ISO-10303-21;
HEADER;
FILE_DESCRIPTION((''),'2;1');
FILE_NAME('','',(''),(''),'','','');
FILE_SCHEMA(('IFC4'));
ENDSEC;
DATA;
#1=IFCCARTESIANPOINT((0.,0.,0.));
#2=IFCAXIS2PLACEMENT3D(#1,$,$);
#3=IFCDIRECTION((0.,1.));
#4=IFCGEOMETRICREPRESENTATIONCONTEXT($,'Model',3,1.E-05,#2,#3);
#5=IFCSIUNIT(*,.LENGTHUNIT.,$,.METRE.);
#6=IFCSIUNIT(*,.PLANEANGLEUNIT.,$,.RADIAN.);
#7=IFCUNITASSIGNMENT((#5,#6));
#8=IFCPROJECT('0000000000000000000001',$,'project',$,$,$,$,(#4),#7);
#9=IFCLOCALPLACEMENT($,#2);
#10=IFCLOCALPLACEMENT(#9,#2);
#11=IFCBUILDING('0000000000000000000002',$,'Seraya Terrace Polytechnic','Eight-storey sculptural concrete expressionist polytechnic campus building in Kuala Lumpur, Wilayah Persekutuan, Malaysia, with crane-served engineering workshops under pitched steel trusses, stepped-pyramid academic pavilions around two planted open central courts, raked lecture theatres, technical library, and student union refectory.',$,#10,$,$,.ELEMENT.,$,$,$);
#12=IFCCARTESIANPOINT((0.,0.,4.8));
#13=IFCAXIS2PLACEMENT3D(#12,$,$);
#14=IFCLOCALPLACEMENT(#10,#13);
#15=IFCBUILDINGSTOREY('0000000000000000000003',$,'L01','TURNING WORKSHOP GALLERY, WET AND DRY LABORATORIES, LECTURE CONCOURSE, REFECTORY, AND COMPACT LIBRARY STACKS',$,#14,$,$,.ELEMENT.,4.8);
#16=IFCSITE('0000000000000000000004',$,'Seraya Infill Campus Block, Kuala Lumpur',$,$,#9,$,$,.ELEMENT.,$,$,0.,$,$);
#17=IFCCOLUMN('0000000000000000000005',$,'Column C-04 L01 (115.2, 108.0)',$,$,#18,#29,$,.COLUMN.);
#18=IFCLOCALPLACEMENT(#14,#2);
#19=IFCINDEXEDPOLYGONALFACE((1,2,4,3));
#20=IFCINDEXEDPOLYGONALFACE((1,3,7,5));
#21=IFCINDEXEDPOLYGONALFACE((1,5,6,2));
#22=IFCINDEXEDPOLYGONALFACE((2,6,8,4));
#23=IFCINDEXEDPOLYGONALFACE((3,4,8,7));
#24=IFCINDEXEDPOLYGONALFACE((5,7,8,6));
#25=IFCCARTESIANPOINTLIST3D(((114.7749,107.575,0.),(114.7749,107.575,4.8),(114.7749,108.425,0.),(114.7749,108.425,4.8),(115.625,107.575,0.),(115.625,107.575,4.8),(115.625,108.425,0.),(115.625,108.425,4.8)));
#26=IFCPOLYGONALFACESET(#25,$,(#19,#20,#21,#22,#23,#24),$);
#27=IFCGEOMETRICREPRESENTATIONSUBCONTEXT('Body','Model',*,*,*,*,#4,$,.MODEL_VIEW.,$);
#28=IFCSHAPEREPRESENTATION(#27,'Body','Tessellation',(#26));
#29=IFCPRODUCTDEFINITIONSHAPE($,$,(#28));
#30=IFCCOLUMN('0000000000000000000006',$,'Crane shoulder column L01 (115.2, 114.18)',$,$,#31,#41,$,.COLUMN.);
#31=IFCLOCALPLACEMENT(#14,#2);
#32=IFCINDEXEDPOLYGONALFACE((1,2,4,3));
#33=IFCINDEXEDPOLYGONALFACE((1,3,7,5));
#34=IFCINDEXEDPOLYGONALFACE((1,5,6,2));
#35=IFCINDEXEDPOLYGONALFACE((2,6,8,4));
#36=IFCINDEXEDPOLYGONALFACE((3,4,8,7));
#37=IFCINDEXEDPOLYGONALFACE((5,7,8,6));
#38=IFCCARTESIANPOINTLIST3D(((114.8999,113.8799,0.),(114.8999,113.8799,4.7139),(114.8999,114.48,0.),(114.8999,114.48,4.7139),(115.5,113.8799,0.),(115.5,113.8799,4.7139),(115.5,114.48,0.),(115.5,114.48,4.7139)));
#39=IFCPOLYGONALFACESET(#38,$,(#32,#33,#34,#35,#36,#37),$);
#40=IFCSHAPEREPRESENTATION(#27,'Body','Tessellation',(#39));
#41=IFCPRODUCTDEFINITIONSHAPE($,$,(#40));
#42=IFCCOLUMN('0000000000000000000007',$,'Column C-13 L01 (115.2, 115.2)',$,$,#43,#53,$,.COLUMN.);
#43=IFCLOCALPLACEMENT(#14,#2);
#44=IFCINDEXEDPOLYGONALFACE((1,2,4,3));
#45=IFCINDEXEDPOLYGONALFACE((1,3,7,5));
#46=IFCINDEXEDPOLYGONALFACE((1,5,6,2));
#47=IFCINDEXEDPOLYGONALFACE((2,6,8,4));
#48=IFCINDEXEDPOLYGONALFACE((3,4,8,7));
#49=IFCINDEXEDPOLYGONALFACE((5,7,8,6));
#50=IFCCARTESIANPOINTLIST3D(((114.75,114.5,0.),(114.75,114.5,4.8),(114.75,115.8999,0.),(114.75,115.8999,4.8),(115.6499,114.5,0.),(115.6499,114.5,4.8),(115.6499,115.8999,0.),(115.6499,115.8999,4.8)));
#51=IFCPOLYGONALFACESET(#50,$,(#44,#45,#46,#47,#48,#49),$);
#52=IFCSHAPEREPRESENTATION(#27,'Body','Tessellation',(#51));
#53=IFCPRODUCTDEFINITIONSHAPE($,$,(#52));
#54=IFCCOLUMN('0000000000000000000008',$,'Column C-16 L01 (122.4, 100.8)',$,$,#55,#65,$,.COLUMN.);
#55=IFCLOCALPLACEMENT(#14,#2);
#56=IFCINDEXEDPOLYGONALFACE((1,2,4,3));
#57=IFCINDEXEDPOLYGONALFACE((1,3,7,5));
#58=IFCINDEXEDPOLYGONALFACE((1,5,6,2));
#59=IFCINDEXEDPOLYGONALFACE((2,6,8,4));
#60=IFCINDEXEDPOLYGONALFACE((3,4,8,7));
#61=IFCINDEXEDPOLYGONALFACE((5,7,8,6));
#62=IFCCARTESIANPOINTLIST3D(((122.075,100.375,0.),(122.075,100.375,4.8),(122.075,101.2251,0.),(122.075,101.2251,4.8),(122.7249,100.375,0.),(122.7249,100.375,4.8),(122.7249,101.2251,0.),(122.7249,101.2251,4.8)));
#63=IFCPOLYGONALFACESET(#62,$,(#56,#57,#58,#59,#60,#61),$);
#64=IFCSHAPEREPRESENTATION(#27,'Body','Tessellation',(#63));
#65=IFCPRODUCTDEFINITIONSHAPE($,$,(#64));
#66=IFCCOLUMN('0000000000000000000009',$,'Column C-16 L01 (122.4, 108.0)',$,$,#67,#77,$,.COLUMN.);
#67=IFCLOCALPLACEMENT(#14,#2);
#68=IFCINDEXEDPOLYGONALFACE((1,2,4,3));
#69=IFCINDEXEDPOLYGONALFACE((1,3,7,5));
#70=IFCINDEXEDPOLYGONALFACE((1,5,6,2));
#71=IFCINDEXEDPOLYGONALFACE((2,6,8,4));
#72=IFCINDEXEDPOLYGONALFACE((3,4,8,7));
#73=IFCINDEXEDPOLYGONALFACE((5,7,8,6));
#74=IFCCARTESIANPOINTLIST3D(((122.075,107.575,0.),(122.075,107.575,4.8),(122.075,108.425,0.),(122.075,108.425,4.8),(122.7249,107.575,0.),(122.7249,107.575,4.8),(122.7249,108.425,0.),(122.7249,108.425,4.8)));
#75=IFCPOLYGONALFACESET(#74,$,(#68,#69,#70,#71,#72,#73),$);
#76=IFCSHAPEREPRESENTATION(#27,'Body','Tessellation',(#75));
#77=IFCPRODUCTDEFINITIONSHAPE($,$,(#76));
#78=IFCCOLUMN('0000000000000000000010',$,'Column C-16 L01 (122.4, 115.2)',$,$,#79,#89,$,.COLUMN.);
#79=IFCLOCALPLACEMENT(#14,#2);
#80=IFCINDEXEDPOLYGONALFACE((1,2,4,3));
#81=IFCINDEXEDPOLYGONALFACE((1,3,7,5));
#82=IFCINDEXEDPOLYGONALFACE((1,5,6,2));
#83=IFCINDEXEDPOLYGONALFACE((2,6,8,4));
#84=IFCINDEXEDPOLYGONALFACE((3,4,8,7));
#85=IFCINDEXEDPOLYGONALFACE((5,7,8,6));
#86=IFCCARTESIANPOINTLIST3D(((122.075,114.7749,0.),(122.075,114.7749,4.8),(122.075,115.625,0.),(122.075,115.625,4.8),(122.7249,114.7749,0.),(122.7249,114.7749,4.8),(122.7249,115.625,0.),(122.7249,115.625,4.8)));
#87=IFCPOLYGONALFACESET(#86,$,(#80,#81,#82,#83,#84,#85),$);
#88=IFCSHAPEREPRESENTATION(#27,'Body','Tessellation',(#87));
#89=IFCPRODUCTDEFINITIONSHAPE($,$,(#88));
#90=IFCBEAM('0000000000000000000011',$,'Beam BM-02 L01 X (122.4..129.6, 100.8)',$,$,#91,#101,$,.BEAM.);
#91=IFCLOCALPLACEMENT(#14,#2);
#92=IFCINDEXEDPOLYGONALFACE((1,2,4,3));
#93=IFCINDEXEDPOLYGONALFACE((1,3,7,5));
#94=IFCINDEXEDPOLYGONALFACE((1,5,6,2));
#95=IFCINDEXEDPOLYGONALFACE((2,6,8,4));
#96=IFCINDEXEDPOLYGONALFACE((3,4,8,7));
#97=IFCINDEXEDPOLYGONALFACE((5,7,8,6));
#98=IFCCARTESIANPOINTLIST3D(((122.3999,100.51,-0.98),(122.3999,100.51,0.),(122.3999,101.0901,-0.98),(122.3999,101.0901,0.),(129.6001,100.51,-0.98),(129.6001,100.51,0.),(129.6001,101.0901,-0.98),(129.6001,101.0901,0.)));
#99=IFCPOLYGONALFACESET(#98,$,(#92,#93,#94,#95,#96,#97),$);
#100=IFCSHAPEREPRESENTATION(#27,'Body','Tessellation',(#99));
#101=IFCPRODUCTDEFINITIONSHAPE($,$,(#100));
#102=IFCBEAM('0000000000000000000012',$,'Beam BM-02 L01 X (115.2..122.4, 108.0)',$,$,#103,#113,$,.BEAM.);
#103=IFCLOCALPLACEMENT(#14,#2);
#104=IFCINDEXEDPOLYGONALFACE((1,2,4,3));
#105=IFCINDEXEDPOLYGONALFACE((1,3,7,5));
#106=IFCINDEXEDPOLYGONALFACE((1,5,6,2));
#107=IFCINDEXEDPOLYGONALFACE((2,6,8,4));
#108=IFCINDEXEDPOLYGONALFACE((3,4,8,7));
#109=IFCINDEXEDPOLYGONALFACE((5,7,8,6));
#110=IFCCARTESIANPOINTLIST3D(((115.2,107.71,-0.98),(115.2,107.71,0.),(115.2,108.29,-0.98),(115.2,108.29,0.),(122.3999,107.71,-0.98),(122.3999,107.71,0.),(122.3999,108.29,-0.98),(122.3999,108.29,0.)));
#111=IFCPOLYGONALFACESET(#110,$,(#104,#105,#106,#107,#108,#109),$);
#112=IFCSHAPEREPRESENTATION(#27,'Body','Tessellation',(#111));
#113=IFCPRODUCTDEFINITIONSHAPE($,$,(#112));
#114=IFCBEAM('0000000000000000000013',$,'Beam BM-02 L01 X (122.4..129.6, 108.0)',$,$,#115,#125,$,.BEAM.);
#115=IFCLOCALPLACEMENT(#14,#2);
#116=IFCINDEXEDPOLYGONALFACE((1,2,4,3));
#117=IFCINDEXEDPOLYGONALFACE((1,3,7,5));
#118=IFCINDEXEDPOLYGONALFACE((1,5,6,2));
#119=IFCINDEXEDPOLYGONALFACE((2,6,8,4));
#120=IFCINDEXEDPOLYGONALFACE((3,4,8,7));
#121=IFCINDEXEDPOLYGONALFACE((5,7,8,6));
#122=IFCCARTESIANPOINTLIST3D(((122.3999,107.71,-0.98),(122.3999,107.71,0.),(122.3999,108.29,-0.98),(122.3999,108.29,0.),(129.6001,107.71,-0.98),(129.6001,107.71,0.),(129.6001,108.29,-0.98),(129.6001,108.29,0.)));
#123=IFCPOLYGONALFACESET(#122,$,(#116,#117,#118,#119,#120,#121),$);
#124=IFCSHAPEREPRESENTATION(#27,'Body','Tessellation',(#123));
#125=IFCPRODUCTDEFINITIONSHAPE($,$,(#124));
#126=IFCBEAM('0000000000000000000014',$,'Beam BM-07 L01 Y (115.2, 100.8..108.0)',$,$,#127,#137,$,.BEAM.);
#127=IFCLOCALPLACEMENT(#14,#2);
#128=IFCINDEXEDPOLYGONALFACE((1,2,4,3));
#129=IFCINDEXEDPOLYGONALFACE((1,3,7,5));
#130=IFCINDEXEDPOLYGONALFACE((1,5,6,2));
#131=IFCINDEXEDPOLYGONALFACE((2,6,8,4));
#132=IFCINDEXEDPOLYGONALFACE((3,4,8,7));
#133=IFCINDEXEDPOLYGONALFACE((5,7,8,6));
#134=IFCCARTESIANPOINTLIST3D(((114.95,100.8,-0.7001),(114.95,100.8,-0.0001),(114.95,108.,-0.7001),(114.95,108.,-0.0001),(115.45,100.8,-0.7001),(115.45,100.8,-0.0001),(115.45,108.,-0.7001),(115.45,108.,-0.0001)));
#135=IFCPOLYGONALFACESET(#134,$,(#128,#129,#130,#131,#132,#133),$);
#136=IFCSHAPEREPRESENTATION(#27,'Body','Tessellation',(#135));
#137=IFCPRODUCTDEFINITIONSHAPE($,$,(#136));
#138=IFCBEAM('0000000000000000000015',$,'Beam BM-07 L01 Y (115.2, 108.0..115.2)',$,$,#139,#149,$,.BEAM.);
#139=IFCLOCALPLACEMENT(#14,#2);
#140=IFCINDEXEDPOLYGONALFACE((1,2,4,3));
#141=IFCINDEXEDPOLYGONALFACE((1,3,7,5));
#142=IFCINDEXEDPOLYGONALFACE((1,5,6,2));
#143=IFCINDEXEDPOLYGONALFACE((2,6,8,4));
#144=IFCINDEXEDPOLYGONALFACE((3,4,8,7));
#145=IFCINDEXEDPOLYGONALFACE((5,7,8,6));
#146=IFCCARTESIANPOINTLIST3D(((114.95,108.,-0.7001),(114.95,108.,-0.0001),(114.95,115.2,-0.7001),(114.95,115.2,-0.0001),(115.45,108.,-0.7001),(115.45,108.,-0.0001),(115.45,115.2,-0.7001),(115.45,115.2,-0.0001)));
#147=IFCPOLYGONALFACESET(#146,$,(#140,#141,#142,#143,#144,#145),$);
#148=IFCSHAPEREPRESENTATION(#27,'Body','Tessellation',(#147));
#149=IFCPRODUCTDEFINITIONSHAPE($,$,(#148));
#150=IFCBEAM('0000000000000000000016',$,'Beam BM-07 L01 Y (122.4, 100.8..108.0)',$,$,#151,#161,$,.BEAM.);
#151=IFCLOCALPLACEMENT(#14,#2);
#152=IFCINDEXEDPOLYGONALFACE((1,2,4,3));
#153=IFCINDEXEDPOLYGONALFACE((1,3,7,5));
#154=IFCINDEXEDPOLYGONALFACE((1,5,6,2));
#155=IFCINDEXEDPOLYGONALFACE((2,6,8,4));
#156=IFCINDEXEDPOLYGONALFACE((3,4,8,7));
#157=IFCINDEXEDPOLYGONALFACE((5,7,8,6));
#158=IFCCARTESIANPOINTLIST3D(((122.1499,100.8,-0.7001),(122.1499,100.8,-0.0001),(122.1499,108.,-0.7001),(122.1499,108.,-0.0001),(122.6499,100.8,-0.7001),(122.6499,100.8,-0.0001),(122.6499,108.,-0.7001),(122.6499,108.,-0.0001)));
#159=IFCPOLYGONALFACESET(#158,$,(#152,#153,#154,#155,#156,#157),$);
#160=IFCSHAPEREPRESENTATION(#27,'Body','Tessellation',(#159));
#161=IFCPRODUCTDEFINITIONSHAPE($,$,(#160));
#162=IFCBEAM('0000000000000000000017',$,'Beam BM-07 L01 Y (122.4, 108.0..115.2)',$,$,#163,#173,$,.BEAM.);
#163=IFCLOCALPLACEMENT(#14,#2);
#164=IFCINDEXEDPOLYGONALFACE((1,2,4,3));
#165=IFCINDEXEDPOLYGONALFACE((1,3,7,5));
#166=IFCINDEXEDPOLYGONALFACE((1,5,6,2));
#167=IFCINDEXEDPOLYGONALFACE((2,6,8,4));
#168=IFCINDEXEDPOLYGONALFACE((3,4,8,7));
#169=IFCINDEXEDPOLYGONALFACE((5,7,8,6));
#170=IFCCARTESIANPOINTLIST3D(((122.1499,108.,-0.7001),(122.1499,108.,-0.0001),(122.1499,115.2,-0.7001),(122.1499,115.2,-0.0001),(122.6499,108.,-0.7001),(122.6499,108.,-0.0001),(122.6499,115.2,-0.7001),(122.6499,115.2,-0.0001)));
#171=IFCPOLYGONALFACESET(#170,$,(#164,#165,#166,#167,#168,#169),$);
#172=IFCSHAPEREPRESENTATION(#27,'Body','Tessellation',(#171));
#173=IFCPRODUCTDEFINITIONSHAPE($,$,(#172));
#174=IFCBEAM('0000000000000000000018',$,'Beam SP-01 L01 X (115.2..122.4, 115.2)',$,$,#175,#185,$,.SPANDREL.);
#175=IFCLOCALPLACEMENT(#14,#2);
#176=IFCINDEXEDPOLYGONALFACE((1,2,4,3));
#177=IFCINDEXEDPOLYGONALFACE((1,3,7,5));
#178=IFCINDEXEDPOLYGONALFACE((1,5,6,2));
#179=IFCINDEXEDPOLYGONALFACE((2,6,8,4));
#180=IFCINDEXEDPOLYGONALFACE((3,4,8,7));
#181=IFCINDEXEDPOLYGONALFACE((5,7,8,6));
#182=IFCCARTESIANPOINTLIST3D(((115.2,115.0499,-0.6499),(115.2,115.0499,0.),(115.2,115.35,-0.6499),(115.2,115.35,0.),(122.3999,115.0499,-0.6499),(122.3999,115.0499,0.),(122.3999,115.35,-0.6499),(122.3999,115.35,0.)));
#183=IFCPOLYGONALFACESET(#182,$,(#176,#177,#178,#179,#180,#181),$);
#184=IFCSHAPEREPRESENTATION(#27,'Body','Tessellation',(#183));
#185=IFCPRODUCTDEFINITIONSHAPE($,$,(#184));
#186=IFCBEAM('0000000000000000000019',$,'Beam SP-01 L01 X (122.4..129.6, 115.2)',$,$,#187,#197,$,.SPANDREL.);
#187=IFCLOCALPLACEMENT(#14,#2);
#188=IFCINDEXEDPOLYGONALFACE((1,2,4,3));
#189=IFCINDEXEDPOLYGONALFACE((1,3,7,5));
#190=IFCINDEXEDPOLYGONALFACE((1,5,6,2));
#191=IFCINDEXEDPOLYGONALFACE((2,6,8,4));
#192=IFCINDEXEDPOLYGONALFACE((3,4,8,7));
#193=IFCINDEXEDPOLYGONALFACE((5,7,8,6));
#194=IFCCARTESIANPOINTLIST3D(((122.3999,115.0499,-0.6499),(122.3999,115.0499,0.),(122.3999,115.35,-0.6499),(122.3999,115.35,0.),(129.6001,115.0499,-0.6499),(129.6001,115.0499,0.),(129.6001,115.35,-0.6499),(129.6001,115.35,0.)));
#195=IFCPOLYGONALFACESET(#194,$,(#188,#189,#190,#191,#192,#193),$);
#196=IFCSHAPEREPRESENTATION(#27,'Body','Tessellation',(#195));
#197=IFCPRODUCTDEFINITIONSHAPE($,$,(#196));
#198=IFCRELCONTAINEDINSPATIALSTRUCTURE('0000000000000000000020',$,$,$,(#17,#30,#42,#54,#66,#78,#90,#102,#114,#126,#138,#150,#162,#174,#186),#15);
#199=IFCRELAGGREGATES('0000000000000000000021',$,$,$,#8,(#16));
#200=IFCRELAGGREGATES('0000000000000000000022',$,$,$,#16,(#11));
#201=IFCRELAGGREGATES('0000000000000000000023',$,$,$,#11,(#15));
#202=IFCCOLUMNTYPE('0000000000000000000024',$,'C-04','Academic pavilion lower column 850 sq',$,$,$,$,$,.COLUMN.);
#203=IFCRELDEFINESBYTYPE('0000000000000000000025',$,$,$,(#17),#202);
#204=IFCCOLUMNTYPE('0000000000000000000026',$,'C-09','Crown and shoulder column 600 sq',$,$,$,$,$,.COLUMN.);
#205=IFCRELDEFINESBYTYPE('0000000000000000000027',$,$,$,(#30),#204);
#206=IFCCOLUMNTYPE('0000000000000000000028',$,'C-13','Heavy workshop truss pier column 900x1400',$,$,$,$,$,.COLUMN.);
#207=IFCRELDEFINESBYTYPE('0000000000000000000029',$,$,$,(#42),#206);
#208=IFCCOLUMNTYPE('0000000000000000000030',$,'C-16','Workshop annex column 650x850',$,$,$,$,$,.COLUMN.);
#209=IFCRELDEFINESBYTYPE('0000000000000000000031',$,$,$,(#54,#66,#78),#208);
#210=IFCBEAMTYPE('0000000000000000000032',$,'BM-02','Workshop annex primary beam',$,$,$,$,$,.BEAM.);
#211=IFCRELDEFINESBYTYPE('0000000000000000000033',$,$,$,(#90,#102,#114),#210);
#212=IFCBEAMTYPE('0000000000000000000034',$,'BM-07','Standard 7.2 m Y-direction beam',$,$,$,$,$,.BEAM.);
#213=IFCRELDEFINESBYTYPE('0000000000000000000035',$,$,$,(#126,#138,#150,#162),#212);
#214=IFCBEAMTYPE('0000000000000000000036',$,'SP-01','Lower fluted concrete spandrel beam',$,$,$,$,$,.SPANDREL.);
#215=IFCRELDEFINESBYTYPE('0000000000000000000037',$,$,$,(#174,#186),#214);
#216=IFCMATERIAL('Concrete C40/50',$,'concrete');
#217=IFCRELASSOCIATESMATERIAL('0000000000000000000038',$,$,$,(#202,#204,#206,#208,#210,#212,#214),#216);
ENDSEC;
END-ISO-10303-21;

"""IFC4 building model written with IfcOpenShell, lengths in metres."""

from ifc_helpers import new_model, si_unit, direction, frame, origin, origin_2d, place, context, subcontext, project, spatial, rectangle, extrude, material, material_profile, profile_set, type_object, element, save


model = new_model("IFC4")

# Units and contexts
model_context = context("Model", 3, precision=1e-05, world=origin(), true_north=direction((0.0, 1.0)))
body_context = subcontext(model_context, "Body", "Model", "MODEL_VIEW")
ifc_project = project(units=[si_unit("LENGTHUNIT", "METRE"), si_unit("PLANEANGLEUNIT", "RADIAN")], contexts=[model_context])

# Site, building, storey
site_placement = place(None, origin())
site = spatial("IfcSite", under=ifc_project, at=site_placement, Name="Seraya Infill Campus Block, Kuala Lumpur", CompositionType="ELEMENT", RefElevation=0.0)
building_placement = place(site_placement, origin())
building = spatial("IfcBuilding", under=site, at=building_placement, Name="Seraya Terrace Polytechnic", Description="Eight-storey sculptural concrete expressionist polytechnic campus building in Kuala Lumpur, Wilayah Persekutuan, Malaysia, with crane-served engineering workshops under pitched steel trusses, stepped-pyramid academic pavilions around two planted open central courts, raked lecture theatres, technical library, and student union refectory.", CompositionType="ELEMENT")
storey_placement = place(building_placement, frame((0.0, 0.0, 4.8)))
storey = spatial("IfcBuildingStorey", under=building, at=storey_placement, Name="L01", Description="TURNING WORKSHOP GALLERY, WET AND DRY LABORATORIES, LECTURE CONCOURSE, REFECTORY, AND COMPACT LIBRARY STACKS", CompositionType="ELEMENT", Elevation=4.8)

# Columns
ifc_material_1 = material(Name="Concrete C40/50", Category="concrete")
ifc_material_profile_1 = material_profile(ifc_material_1, rectangle(XDim=0.8501, YDim=0.8501, at=origin_2d()), Name="RC 850x850")
ifc_profile_set_1 = profile_set([ifc_material_profile_1], Name="Concrete C40/50")
column_type_1 = type_object("IfcColumnType", Name="C-04", Description="Academic pavilion lower column 850 sq", PredefinedType="COLUMN", material=ifc_profile_set_1)
column_1_placement = place(storey_placement, frame((115.2, 108.0, 0.0), z_axis=(0.0, 0.0, 1.0), x_axis=(1.0, 0.0, 0.0)))
element("IfcColumn", 1, at=column_1_placement, inside=storey, type_object=column_type_1, Name="Column C-04 L01 (115.2, 108.0)", PredefinedType="COLUMN", context=body_context, shape_type="SweptSolid", body=[
    extrude(rectangle(XDim=0.8501, YDim=0.8501, at=origin_2d()), origin(), (0.0, 0.0, 1.0), 4.8),
])
ifc_material_profile_2 = material_profile(ifc_material_1, rectangle(XDim=0.6001, YDim=0.6001, at=origin_2d()), Name="RC 600x600")
ifc_profile_set_2 = profile_set([ifc_material_profile_2], Name="Concrete C40/50")
column_type_2 = type_object("IfcColumnType", Name="C-09", Description="Crown and shoulder column 600 sq", PredefinedType="COLUMN", material=ifc_profile_set_2)
column_2_placement = place(storey_placement, frame((115.2, 114.1799, 0.0), z_axis=(0.0, 0.0, 1.0), x_axis=(1.0, 0.0, 0.0)))
element("IfcColumn", 2, at=column_2_placement, inside=storey, type_object=column_type_2, Name="Crane shoulder column L01 (115.2, 114.18)", PredefinedType="COLUMN", context=body_context, shape_type="SweptSolid", body=[
    extrude(rectangle(XDim=0.6001, YDim=0.6001, at=origin_2d()), origin(), (0.0, 0.0, 1.0), 4.7139),
])
ifc_material_profile_3 = material_profile(ifc_material_1, rectangle(XDim=0.8999, YDim=1.3999, at=origin_2d()), Name="RC 900x1400")
ifc_profile_set_3 = profile_set([ifc_material_profile_3], Name="Concrete C40/50")
column_type_3 = type_object("IfcColumnType", Name="C-13", Description="Heavy workshop truss pier column 900x1400", PredefinedType="COLUMN", material=ifc_profile_set_3)
column_3_placement = place(storey_placement, frame((115.2, 115.2, 0.0), z_axis=(0.0, 0.0, 1.0), x_axis=(1.0, 0.0, 0.0)))
element("IfcColumn", 3, at=column_3_placement, inside=storey, type_object=column_type_3, Name="Column C-13 L01 (115.2, 115.2)", PredefinedType="COLUMN", context=body_context, shape_type="SweptSolid", body=[
    extrude(rectangle(XDim=0.8999, YDim=1.3999, at=origin_2d()), origin(), (0.0, 0.0, 1.0), 4.8),
])
ifc_material_profile_4 = material_profile(ifc_material_1, rectangle(XDim=0.6499, YDim=0.8501, at=origin_2d()), Name="RC 650x850")
ifc_profile_set_4 = profile_set([ifc_material_profile_4], Name="Concrete C40/50")
column_type_4 = type_object("IfcColumnType", Name="C-16", Description="Workshop annex column 650x850", PredefinedType="COLUMN", material=ifc_profile_set_4)
for number, where, z_axis, x_axis, name in (
    (4, (122.3999, 100.8, 0.0), (0.0, 0.0, 1.0), (1.0, 0.0, 0.0), "Column C-16 L01 (122.4, 100.8)"),
    (5, (122.3999, 108.0, 0.0), (0.0, 0.0, 1.0), (1.0, 0.0, 0.0), "Column C-16 L01 (122.4, 108.0)"),
    (6, (122.3999, 115.2, 0.0), (0.0, 0.0, 1.0), (1.0, 0.0, 0.0), "Column C-16 L01 (122.4, 115.2)"),
):
    element("IfcColumn", number, at=place(storey_placement, frame(where, z_axis=z_axis, x_axis=x_axis)), inside=storey, type_object=column_type_4, Name=name, PredefinedType="COLUMN", context=body_context, shape_type="SweptSolid", body=[
        extrude(rectangle(XDim=0.6499, YDim=0.8501, at=origin_2d()), origin(), (0.0, 0.0, 1.0), 4.8),
    ])

# Beams
ifc_material_profile_5 = material_profile(ifc_material_1, rectangle(XDim=0.5801, YDim=0.98, at=origin_2d()), Name="RC 580x980")
ifc_profile_set_5 = profile_set([ifc_material_profile_5], Name="Concrete C40/50")
beam_type_1 = type_object("IfcBeamType", Name="BM-02", Description="Workshop annex primary beam", PredefinedType="BEAM", material=ifc_profile_set_5)
beam_1_placement = place(storey_placement, frame((122.3999, 100.8, -0.49), z_axis=(1.0, 0.0, 0.0), x_axis=(0.0, 1.0, 0.0)))
element("IfcBeam", 7, at=beam_1_placement, inside=storey, type_object=beam_type_1, Name="Beam BM-02 L01 X (122.4..129.6, 100.8)", PredefinedType="BEAM", context=body_context, shape_type="SweptSolid", body=[
    extrude(rectangle(XDim=0.5801, YDim=0.98, at=origin_2d()), origin(), (0.0, 0.0, 1.0), 7.2002),
])
beam_2_placement = place(storey_placement, frame((115.2, 108.0, -0.49), z_axis=(1.0, 0.0, 0.0), x_axis=(0.0, 1.0, 0.0)))
element("IfcBeam", 8, at=beam_2_placement, inside=storey, type_object=beam_type_1, Name="Beam BM-02 L01 X (115.2..122.4, 108.0)", PredefinedType="BEAM", context=body_context, shape_type="SweptSolid", body=[
    extrude(rectangle(XDim=0.5801, YDim=0.98, at=origin_2d()), origin(), (0.0, 0.0, 1.0), 7.2),
])
beam_3_placement = place(storey_placement, frame((122.3999, 108.0, -0.49), z_axis=(1.0, 0.0, 0.0), x_axis=(0.0, 1.0, 0.0)))
element("IfcBeam", 9, at=beam_3_placement, inside=storey, type_object=beam_type_1, Name="Beam BM-02 L01 X (122.4..129.6, 108.0)", PredefinedType="BEAM", context=body_context, shape_type="SweptSolid", body=[
    extrude(rectangle(XDim=0.5801, YDim=0.98, at=origin_2d()), origin(), (0.0, 0.0, 1.0), 7.2002),
])
ifc_material_profile_6 = material_profile(ifc_material_1, rectangle(XDim=0.5, YDim=0.7, at=origin_2d()), Name="RC 500x700")
ifc_profile_set_6 = profile_set([ifc_material_profile_6], Name="Concrete C40/50")
beam_type_2 = type_object("IfcBeamType", Name="BM-07", Description="Standard 7.2 m Y-direction beam", PredefinedType="BEAM", material=ifc_profile_set_6)
for number, where, z_axis, x_axis, name in (
    (10, (115.2, 100.8, -0.3501), (0.0, 1.0, 0.0), (-1.0, 0.0, 0.0), "Beam BM-07 L01 Y (115.2, 100.8..108.0)"),
    (11, (115.2, 108.0, -0.3501), (0.0, 1.0, 0.0), (-1.0, 0.0, 0.0), "Beam BM-07 L01 Y (115.2, 108.0..115.2)"),
    (12, (122.3999, 100.8, -0.3501), (0.0, 1.0, 0.0), (-1.0, 0.0, 0.0), "Beam BM-07 L01 Y (122.4, 100.8..108.0)"),
    (13, (122.3999, 108.0, -0.3501), (0.0, 1.0, 0.0), (-1.0, 0.0, 0.0), "Beam BM-07 L01 Y (122.4, 108.0..115.2)"),
):
    element("IfcBeam", number, at=place(storey_placement, frame(where, z_axis=z_axis, x_axis=x_axis)), inside=storey, type_object=beam_type_2, Name=name, PredefinedType="BEAM", context=body_context, shape_type="SweptSolid", body=[
        extrude(rectangle(XDim=0.5, YDim=0.7, at=origin_2d()), origin(), (0.0, 0.0, 1.0), 7.2),
    ])
ifc_material_profile_7 = material_profile(ifc_material_1, rectangle(XDim=0.3, YDim=0.6499, at=origin_2d()), Name="RC 300x650")
ifc_profile_set_7 = profile_set([ifc_material_profile_7], Name="Concrete C40/50")
beam_type_3 = type_object("IfcBeamType", Name="SP-01", Description="Lower fluted concrete spandrel beam", PredefinedType="SPANDREL", material=ifc_profile_set_7)
beam_4_placement = place(storey_placement, frame((115.2, 115.2, -0.325), z_axis=(1.0, 0.0, 0.0), x_axis=(0.0, 1.0, 0.0)))
element("IfcBeam", 14, at=beam_4_placement, inside=storey, type_object=beam_type_3, Name="Beam SP-01 L01 X (115.2..122.4, 115.2)", PredefinedType="SPANDREL", context=body_context, shape_type="SweptSolid", body=[
    extrude(rectangle(XDim=0.3, YDim=0.6499, at=origin_2d()), origin(), (0.0, 0.0, 1.0), 7.2),
])
beam_5_placement = place(storey_placement, frame((122.3999, 115.2, -0.325), z_axis=(1.0, 0.0, 0.0), x_axis=(0.0, 1.0, 0.0)))
element("IfcBeam", 15, at=beam_5_placement, inside=storey, type_object=beam_type_3, Name="Beam SP-01 L01 X (122.4..129.6, 115.2)", PredefinedType="SPANDREL", context=body_context, shape_type="SweptSolid", body=[
    extrude(rectangle(XDim=0.3, YDim=0.6499, at=origin_2d()), origin(), (0.0, 0.0, 1.0), 7.2002),
])

save(model, "model.ifc")
